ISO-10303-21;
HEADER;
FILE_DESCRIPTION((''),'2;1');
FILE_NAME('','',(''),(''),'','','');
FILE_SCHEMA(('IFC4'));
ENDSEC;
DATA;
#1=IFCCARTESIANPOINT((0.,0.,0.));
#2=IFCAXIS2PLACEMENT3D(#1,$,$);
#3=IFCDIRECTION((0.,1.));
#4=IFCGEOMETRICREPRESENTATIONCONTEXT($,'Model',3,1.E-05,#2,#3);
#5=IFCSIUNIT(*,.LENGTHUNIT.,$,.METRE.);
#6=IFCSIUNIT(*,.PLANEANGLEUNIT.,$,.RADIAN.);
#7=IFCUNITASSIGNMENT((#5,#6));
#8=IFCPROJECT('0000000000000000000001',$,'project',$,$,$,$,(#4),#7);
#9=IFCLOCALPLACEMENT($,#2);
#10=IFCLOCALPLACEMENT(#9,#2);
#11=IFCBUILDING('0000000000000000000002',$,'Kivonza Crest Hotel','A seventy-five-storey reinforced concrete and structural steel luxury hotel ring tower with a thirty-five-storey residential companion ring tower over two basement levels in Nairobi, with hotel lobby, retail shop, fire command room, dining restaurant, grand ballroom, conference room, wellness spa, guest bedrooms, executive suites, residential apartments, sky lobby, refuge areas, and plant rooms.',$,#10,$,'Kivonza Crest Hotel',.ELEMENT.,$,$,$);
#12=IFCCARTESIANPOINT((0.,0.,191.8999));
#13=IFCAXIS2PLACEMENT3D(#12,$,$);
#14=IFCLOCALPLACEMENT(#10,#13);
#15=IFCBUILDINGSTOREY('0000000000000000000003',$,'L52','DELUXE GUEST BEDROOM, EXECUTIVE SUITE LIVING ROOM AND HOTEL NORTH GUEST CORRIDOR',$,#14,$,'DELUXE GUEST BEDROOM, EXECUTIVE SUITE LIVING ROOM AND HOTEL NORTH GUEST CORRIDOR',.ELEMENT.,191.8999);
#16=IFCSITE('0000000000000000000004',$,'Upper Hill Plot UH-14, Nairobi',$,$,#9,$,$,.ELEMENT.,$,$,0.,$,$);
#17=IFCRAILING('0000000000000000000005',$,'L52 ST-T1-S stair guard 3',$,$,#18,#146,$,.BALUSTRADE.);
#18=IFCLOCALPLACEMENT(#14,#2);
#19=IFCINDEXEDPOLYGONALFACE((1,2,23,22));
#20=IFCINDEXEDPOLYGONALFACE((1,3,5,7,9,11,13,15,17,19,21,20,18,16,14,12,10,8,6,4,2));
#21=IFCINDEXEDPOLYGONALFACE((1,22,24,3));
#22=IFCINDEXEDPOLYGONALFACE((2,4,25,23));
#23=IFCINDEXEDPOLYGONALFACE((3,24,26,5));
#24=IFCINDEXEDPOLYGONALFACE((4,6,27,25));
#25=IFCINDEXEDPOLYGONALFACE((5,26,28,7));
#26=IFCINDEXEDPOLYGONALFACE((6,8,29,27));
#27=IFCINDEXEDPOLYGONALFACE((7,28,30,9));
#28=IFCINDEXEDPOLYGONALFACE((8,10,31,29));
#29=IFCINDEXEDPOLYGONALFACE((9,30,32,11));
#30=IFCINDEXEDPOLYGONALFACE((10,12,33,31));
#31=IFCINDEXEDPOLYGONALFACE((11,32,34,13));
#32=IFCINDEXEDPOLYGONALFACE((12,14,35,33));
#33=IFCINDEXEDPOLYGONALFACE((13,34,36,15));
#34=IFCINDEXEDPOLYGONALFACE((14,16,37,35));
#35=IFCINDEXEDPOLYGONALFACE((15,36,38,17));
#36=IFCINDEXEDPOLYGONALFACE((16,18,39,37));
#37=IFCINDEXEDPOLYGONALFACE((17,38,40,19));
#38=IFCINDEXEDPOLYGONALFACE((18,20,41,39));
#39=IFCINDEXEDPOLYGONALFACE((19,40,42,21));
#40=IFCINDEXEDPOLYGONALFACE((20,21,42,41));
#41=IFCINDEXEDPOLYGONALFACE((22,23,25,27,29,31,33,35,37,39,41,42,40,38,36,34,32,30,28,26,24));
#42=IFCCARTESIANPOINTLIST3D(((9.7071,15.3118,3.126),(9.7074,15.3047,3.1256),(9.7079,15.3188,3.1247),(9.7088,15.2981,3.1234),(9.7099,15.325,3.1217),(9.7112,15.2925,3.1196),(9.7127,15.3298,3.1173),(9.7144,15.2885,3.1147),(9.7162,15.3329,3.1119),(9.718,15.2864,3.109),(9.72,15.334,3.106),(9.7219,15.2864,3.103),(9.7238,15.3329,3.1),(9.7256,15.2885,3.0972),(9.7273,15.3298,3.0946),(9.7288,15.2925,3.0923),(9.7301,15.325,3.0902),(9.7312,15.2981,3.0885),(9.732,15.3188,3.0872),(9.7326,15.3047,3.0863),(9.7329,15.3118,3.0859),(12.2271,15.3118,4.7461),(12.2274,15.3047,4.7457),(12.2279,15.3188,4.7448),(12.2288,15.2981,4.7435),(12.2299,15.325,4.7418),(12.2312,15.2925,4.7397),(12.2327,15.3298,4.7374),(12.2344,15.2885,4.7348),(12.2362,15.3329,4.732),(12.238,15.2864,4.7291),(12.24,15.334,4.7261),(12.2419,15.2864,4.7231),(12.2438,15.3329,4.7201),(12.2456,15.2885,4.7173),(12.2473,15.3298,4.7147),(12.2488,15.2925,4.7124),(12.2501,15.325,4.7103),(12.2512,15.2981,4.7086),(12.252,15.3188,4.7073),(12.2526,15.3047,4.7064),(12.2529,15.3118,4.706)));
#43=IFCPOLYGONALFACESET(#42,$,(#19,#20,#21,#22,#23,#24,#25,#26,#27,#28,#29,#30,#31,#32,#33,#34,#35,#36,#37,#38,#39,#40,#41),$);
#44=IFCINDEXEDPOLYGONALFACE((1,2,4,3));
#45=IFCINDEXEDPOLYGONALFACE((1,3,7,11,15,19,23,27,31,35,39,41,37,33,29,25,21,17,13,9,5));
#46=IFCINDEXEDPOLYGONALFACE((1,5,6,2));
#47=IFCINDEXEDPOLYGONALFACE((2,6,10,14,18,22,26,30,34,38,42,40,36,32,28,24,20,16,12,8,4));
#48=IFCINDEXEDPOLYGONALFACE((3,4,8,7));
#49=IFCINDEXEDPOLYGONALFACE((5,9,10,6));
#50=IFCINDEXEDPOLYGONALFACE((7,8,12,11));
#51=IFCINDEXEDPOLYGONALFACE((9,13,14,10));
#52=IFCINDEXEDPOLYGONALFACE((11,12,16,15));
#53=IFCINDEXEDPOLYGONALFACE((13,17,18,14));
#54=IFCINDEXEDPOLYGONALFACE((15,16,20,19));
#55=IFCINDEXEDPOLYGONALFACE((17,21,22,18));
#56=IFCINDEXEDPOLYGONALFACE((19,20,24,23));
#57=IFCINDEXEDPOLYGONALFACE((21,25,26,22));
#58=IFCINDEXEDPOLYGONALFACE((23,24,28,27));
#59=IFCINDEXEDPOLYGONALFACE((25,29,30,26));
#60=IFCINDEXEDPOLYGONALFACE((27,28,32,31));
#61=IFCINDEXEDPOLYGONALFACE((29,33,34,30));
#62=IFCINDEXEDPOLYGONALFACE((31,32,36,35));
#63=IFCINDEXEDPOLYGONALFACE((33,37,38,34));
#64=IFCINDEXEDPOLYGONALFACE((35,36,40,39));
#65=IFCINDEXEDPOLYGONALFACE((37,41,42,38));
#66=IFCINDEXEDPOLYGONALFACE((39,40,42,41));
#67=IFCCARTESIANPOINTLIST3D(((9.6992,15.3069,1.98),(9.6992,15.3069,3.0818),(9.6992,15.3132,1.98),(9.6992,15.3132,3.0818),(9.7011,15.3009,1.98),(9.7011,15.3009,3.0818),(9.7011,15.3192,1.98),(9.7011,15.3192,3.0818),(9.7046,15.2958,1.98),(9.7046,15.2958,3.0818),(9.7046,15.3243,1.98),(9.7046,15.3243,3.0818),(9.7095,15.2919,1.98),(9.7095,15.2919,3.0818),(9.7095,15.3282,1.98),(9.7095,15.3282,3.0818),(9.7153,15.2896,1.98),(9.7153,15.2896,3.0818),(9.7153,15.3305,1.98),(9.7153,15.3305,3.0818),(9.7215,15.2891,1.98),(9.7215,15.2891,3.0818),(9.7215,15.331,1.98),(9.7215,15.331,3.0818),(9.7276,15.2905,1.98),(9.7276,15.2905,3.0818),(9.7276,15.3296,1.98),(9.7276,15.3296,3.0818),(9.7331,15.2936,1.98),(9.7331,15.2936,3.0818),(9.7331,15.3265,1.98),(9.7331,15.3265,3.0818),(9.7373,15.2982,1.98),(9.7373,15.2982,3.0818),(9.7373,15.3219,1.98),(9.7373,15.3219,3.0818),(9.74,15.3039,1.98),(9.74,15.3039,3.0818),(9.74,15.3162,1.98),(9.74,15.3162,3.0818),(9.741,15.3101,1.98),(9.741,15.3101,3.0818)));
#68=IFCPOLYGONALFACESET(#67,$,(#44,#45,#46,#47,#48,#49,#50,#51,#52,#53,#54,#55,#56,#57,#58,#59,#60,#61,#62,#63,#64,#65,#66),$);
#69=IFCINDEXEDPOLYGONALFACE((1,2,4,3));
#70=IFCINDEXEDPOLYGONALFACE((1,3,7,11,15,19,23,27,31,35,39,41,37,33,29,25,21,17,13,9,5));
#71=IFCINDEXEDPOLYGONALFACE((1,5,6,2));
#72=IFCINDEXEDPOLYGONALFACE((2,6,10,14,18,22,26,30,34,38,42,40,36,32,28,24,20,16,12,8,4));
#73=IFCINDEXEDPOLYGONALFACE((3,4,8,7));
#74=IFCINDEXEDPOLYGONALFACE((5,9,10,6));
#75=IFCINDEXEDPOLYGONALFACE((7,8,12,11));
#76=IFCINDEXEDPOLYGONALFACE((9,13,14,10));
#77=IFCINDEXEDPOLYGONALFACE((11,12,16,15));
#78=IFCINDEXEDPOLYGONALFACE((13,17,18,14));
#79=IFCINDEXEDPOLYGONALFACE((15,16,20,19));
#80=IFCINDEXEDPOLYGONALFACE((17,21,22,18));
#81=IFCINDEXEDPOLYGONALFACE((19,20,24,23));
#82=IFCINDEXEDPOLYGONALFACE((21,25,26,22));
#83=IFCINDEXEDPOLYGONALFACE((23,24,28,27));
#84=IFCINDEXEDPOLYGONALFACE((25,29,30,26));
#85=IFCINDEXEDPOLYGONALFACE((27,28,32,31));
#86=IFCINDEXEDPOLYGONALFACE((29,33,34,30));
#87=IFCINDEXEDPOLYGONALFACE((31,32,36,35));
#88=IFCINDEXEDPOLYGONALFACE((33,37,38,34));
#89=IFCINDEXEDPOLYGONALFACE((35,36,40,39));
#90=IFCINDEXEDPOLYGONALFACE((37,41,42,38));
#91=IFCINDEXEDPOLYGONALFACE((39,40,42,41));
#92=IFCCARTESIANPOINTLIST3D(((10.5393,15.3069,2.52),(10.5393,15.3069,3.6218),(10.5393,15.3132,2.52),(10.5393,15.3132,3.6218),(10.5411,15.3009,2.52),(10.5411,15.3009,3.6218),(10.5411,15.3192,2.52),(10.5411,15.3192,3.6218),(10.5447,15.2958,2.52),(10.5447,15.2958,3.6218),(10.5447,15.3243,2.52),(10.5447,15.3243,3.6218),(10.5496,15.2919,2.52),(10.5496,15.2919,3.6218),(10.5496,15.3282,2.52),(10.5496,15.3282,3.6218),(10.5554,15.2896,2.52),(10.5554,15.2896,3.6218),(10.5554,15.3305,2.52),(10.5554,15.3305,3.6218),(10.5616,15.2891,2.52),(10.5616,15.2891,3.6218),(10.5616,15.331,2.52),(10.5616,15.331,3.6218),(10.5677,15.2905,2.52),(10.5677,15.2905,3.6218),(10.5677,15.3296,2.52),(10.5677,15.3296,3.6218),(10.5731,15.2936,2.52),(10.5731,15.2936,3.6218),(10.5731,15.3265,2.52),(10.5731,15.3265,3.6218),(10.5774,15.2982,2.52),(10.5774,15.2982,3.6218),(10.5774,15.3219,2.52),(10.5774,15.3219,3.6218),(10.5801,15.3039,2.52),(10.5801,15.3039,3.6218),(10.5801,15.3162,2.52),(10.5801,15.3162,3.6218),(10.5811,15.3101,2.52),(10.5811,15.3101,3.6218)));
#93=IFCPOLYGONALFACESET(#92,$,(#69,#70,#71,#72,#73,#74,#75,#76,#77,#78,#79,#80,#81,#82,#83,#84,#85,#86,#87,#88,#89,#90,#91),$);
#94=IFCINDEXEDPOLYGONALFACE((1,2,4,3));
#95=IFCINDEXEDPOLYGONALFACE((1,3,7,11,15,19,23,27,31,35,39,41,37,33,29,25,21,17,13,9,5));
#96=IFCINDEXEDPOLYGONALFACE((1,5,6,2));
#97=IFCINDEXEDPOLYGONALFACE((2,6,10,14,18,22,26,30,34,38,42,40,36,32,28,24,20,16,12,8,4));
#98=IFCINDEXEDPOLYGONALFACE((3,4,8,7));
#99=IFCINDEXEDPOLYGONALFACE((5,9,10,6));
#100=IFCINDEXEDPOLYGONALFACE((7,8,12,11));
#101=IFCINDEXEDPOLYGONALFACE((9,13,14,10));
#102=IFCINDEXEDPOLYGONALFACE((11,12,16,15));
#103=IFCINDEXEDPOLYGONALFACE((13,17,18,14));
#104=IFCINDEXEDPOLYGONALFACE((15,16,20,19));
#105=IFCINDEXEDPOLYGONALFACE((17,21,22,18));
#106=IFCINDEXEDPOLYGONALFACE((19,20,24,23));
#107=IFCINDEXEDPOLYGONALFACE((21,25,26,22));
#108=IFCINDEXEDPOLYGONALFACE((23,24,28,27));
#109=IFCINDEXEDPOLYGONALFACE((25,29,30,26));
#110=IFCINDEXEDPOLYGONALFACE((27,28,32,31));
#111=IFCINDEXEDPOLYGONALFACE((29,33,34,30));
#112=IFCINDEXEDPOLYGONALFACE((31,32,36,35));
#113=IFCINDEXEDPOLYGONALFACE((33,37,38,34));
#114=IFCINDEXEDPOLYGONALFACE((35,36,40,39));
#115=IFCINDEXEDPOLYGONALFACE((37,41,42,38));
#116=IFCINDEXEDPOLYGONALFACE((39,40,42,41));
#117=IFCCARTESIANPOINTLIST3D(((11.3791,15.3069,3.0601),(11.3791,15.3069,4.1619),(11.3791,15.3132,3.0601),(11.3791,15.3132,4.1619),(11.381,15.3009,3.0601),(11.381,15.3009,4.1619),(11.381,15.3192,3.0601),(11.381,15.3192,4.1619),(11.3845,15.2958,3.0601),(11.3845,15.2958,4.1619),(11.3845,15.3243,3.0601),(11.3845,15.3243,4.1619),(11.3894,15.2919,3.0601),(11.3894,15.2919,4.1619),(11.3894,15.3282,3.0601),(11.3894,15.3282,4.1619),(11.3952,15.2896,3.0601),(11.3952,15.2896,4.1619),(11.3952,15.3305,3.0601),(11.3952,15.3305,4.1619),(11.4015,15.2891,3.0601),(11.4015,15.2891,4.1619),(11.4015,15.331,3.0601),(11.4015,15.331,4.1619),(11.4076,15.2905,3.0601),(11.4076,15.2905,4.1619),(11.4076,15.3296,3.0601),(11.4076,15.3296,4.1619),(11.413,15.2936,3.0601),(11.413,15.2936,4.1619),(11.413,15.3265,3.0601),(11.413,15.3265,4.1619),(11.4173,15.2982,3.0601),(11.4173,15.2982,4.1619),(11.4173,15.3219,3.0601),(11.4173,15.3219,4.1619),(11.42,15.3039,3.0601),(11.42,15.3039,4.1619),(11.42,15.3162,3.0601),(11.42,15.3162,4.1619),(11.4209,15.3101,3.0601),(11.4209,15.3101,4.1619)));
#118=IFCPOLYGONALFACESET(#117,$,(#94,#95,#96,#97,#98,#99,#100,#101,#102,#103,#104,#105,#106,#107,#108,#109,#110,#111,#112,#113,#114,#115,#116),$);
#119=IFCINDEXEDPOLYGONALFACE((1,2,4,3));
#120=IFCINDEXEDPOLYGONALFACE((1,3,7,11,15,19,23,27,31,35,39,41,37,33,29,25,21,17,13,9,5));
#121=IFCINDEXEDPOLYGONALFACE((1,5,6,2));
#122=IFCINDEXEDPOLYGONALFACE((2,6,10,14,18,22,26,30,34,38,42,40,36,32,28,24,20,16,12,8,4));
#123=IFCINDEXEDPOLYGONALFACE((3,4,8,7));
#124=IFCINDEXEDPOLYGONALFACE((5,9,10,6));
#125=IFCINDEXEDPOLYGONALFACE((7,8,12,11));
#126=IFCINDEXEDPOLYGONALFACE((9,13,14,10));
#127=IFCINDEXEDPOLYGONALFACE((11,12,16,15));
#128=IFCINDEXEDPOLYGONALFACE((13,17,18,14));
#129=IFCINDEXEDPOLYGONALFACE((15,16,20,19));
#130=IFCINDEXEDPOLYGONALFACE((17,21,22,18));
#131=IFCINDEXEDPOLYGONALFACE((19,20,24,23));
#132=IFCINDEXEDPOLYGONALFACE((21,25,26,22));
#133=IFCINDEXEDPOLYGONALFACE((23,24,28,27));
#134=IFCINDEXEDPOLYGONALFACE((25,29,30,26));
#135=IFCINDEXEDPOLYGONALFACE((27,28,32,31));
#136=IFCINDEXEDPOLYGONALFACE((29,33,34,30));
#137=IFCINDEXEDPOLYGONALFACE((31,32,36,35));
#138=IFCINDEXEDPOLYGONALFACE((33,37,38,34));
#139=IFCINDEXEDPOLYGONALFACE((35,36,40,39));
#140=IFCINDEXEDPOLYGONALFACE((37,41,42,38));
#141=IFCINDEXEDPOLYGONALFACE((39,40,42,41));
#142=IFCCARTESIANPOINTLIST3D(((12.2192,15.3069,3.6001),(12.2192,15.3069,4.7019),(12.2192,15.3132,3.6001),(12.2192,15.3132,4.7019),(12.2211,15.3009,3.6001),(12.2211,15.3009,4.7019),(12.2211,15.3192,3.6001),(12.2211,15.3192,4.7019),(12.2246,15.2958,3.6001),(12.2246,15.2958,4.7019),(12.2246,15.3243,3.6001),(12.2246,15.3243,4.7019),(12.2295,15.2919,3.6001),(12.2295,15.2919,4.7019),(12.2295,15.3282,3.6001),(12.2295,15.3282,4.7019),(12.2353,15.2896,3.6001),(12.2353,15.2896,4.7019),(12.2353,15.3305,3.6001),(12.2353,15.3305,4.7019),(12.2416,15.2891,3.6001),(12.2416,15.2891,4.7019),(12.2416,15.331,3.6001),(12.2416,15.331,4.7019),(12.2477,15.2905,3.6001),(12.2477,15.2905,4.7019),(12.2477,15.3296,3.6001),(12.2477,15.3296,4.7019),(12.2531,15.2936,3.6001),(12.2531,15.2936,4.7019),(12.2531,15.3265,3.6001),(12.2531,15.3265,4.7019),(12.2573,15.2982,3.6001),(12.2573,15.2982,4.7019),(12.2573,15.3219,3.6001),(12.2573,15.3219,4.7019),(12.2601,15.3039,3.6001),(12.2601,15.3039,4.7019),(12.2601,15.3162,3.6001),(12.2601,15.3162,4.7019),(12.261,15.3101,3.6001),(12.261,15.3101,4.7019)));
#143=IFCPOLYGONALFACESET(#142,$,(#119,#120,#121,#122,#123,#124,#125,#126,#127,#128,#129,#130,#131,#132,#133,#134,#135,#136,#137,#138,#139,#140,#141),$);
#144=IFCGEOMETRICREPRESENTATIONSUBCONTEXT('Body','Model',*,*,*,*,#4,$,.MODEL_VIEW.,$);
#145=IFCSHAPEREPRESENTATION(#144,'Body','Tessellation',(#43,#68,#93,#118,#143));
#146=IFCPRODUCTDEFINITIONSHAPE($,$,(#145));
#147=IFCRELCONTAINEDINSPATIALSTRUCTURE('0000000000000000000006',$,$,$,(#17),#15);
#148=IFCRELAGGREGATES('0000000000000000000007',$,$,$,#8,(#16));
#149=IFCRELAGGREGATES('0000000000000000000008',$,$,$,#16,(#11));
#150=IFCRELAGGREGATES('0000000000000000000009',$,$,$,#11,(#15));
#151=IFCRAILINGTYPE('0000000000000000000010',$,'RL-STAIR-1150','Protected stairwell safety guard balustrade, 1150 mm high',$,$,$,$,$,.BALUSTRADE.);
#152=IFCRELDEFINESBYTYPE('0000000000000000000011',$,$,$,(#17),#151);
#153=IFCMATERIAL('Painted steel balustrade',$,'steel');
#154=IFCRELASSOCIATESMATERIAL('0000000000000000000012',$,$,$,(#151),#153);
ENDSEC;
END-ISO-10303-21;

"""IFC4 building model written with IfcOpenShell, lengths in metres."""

from ifc_helpers import new_model, si_unit, direction, frame, origin, origin_2d, place, context, subcontext, project, spatial, circle, extrude, material, type_object, element, save


model = new_model("IFC4")

# Units and contexts
model_context = context("Model", 3, precision=1e-05, world=origin(), true_north=direction((0.0, 1.0)))
body_context = subcontext(model_context, "Body", "Model", "MODEL_VIEW")
ifc_project = project(units=[si_unit("LENGTHUNIT", "METRE"), si_unit("PLANEANGLEUNIT", "RADIAN")], contexts=[model_context])

# Site, building, storey
site_placement = place(None, origin())
site = spatial("IfcSite", under=ifc_project, at=site_placement, Name="Upper Hill Plot UH-14, Nairobi", CompositionType="ELEMENT", RefElevation=0.0)
building_placement = place(site_placement, origin())
building = spatial("IfcBuilding", under=site, at=building_placement, Name="Kivonza Crest Hotel", Description="A seventy-five-storey reinforced concrete and structural steel luxury hotel ring tower with a thirty-five-storey residential companion ring tower over two basement levels in Nairobi, with hotel lobby, retail shop, fire command room, dining restaurant, grand ballroom, conference room, wellness spa, guest bedrooms, executive suites, residential apartments, sky lobby, refuge areas, and plant rooms.", LongName="Kivonza Crest Hotel", CompositionType="ELEMENT")
storey_placement = place(building_placement, frame((0.0, 0.0, 191.8999)))
storey = spatial("IfcBuildingStorey", under=building, at=storey_placement, Name="L52", Description="DELUXE GUEST BEDROOM, EXECUTIVE SUITE LIVING ROOM AND HOTEL NORTH GUEST CORRIDOR", LongName="DELUXE GUEST BEDROOM, EXECUTIVE SUITE LIVING ROOM AND HOTEL NORTH GUEST CORRIDOR", CompositionType="ELEMENT", Elevation=191.8999)

# Railing
ifc_material_1 = material(Name="Painted steel balustrade", Category="steel")
railing_type_1 = type_object("IfcRailingType", Name="RL-STAIR-1150", Description="Protected stairwell safety guard balustrade, 1150 mm high", PredefinedType="BALUSTRADE", material=ifc_material_1)
railing_1_placement = place(storey_placement, frame((9.72, 15.3101, 1.98)))
element("IfcRailing", 1, at=railing_1_placement, inside=storey, type_object=railing_type_1, Name="L52 ST-T1-S stair guard 3", PredefinedType="BALUSTRADE", context=body_context, shape_type="SweptSolid", body=[
    extrude(circle(Radius=0.0239, at=origin_2d()), frame((0.0, 0.0, 1.126), z_axis=(0.841163, 0.0, 0.540782), x_axis=(0.0, 1.0, 0.0)), (0.0, 0.0, 1.0), 2.9958),
    extrude(circle(Radius=0.021, at=origin_2d()), origin(), (0.0, 0.0, 1.0), 1.1018),
    extrude(circle(Radius=0.021, at=origin_2d()), frame((0.8401, 0.0, 0.54)), (0.0, 0.0, 1.0), 1.1018),
    extrude(circle(Radius=0.021, at=origin_2d()), frame((1.6799, 0.0, 1.0801)), (0.0, 0.0, 1.0), 1.1018),
    extrude(circle(Radius=0.021, at=origin_2d()), frame((2.52, 0.0, 1.6201)), (0.0, 0.0, 1.0), 1.1018),
])

save(model, "model.ifc")
